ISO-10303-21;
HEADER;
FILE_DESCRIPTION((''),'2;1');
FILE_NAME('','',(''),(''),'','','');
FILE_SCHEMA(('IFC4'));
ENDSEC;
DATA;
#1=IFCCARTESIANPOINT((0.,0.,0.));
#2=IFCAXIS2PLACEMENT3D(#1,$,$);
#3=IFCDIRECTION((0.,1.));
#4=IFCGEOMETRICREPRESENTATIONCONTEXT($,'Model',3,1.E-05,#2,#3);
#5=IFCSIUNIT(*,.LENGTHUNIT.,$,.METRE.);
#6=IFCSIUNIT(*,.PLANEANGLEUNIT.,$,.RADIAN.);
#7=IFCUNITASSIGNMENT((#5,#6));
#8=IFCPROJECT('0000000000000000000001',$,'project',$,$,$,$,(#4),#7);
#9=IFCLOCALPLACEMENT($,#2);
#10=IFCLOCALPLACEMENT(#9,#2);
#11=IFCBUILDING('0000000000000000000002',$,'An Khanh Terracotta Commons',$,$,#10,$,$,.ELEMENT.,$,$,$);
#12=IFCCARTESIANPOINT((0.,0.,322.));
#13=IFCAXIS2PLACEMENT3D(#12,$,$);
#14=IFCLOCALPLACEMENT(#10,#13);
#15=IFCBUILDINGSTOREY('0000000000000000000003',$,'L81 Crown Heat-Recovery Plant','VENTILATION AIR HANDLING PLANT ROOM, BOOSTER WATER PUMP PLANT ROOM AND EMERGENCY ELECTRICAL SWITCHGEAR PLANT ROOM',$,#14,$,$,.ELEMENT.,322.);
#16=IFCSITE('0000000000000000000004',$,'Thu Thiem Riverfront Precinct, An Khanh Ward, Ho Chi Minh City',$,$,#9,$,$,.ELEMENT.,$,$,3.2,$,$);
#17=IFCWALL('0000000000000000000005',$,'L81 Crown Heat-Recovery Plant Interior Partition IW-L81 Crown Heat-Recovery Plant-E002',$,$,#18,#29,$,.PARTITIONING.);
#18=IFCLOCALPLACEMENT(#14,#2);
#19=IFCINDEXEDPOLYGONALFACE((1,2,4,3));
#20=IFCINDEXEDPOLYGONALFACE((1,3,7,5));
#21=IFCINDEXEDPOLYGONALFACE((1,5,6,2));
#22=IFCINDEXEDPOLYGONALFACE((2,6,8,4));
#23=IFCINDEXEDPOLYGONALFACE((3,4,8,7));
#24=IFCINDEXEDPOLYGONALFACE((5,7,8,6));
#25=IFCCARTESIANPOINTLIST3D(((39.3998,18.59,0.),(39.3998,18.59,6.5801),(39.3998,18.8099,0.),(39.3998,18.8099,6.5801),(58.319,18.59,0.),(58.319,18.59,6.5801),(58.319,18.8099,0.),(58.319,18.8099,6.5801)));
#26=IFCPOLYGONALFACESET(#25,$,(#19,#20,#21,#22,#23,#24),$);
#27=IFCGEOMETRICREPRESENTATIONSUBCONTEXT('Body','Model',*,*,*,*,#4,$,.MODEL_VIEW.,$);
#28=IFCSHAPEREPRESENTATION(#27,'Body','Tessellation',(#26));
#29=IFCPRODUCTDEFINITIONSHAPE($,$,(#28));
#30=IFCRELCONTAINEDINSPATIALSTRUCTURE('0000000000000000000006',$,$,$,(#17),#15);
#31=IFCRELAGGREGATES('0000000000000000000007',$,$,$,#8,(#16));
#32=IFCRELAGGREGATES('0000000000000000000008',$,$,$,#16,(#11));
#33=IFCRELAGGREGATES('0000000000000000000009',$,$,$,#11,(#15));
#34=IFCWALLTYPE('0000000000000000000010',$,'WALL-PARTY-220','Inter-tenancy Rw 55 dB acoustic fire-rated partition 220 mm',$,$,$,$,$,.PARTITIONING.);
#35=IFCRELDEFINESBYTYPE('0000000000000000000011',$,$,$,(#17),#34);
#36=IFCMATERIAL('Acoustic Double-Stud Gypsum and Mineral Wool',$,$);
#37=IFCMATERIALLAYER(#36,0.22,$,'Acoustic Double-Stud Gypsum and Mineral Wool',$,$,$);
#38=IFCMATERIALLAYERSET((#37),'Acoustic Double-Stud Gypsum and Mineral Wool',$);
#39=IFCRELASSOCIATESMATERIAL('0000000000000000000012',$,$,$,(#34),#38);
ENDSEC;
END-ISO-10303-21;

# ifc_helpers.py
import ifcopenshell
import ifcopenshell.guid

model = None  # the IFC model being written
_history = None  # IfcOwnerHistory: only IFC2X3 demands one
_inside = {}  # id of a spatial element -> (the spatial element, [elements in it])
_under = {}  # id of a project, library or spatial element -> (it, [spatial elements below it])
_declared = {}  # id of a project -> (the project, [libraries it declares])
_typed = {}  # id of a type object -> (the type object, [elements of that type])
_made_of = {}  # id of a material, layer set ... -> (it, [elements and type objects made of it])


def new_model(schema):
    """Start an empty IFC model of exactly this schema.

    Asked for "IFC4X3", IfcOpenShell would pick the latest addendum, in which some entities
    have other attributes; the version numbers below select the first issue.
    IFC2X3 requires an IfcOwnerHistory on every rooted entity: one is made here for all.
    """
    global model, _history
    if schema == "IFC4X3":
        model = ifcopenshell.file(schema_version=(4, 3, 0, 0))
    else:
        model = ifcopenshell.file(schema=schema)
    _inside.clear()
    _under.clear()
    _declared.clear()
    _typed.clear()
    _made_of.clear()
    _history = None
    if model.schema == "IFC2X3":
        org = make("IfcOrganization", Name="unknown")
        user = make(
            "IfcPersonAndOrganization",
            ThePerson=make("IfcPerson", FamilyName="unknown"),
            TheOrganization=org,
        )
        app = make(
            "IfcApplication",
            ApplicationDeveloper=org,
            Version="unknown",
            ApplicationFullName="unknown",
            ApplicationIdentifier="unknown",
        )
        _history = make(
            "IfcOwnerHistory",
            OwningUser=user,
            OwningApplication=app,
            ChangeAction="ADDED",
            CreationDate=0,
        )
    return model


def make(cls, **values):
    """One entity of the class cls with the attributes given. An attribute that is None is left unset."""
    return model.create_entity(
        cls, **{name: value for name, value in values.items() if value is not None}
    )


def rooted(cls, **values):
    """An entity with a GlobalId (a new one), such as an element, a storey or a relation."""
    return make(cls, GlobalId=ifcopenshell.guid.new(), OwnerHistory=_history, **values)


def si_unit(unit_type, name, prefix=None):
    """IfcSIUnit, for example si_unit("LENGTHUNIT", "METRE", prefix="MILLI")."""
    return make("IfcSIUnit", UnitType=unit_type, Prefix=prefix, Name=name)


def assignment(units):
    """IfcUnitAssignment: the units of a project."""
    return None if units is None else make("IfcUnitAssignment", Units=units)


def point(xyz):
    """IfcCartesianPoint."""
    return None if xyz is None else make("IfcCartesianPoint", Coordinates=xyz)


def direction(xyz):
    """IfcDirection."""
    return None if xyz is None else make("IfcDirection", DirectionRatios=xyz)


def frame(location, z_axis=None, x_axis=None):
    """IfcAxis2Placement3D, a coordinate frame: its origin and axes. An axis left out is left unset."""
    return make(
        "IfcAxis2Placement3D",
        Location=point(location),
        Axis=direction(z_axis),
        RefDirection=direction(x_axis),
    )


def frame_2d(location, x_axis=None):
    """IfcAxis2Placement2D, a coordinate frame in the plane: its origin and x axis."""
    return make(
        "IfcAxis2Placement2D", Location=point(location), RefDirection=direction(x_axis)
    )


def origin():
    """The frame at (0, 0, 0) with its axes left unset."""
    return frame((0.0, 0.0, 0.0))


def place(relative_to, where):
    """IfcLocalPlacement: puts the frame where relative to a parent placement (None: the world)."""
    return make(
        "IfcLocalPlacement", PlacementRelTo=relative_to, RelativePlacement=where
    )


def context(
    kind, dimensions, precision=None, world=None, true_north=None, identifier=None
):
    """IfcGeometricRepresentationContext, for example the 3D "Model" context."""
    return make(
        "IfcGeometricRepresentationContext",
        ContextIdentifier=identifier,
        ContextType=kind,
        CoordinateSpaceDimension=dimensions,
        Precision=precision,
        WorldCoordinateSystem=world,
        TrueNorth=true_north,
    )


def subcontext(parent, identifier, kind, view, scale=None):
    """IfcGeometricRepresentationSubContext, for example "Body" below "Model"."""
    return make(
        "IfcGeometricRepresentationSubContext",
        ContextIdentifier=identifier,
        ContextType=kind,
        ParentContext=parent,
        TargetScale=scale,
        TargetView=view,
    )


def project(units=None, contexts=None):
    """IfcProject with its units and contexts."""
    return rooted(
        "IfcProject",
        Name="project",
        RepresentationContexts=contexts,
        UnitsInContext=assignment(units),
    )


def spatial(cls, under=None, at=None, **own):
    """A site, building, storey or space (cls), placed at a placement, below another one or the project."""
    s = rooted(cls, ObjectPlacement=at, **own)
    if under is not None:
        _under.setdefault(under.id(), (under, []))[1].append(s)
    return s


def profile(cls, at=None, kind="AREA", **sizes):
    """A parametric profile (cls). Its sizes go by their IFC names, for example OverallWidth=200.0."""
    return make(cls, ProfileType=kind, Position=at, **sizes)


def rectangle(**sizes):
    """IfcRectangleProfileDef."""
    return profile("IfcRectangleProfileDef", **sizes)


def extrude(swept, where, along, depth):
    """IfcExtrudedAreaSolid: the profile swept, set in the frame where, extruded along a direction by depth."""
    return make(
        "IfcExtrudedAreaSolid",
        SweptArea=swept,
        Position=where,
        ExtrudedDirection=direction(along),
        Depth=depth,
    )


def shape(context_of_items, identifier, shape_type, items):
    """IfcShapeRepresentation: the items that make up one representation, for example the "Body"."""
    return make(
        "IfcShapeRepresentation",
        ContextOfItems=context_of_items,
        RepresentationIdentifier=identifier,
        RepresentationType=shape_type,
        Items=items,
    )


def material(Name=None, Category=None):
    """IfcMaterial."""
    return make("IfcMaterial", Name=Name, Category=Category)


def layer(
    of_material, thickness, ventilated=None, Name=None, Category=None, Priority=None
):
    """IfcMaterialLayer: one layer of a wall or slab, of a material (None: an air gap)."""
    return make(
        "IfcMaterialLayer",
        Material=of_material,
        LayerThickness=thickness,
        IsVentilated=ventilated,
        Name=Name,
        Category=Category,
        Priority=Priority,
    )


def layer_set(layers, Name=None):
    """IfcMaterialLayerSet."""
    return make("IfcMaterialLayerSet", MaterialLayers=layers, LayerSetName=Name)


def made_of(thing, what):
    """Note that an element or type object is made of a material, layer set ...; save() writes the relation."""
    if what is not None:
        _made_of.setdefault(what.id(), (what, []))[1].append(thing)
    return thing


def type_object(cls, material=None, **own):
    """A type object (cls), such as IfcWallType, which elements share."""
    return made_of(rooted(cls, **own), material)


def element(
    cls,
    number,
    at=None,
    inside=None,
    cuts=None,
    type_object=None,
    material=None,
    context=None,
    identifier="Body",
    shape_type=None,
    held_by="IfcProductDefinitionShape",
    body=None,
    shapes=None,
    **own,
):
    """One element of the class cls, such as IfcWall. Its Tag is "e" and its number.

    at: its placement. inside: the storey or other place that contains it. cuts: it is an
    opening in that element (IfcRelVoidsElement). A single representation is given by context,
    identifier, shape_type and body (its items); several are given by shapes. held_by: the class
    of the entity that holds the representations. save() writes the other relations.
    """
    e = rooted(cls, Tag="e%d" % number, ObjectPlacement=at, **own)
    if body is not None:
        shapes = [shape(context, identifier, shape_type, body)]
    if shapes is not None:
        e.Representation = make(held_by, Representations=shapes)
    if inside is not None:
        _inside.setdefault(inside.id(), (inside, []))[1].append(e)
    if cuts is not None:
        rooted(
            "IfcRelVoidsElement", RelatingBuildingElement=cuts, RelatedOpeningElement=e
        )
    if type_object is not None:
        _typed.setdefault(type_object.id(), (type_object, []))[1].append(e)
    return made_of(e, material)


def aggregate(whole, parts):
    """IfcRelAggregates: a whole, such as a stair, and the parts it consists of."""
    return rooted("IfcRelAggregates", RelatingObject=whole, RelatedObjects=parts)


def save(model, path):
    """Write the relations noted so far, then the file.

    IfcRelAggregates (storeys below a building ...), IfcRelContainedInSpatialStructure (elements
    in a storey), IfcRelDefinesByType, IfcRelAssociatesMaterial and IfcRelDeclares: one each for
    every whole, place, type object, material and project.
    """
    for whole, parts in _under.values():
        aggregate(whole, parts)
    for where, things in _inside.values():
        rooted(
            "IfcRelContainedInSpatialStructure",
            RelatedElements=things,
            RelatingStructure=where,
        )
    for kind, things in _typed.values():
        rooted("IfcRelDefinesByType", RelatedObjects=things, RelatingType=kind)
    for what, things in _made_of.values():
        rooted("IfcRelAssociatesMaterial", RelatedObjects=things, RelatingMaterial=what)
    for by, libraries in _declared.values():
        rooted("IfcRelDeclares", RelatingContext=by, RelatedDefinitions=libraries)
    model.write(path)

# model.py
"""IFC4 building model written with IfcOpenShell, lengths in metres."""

from ifc_helpers import new_model, si_unit, direction, frame, frame_2d, origin, place, context, subcontext, project, spatial, rectangle, extrude, material, layer, layer_set, type_object, element, save


model = new_model("IFC4")

# Units and contexts
model_context = context("Model", 3, precision=1e-05, world=origin(), true_north=direction((0.0, 1.0)))
body_context = subcontext(model_context, "Body", "Model", "MODEL_VIEW")
ifc_project = project(units=[si_unit("LENGTHUNIT", "METRE"), si_unit("PLANEANGLEUNIT", "RADIAN")], contexts=[model_context])

# Site, building, storey
site_placement = place(None, origin())
site = spatial("IfcSite", under=ifc_project, at=site_placement, Name="Thu Thiem Riverfront Precinct, An Khanh Ward, Ho Chi Minh City", CompositionType="ELEMENT", RefElevation=3.2)
building_placement = place(site_placement, origin())
building = spatial("IfcBuilding", under=site, at=building_placement, Name="An Khanh Terracotta Commons", CompositionType="ELEMENT")
storey_placement = place(building_placement, frame((0.0, 0.0, 322.0)))
storey = spatial("IfcBuildingStorey", under=building, at=storey_placement, Name="L81 Crown Heat-Recovery Plant", Description="VENTILATION AIR HANDLING PLANT ROOM, BOOSTER WATER PUMP PLANT ROOM AND EMERGENCY ELECTRICAL SWITCHGEAR PLANT ROOM", CompositionType="ELEMENT", Elevation=322.0)

# Wall
ifc_material_1 = material(Name="Acoustic Double-Stud Gypsum and Mineral Wool")
ifc_layer_1 = layer(ifc_material_1, 0.22, Name="Acoustic Double-Stud Gypsum and Mineral Wool")
ifc_layer_set_1 = layer_set([ifc_layer_1], Name="Acoustic Double-Stud Gypsum and Mineral Wool")
wall_type_1 = type_object("IfcWallType", Name="WALL-PARTY-220", Description="Inter-tenancy Rw 55 dB acoustic fire-rated partition 220 mm", PredefinedType="PARTITIONING", material=ifc_layer_set_1)
wall_1_placement = place(storey_placement, frame((39.3999, 18.7, 0.0), z_axis=(0.0, 0.0, 1.0), x_axis=(1.0, 0.0, 0.0)))
element("IfcWall", 1, at=wall_1_placement, inside=storey, type_object=wall_type_1, Name="L81 Crown Heat-Recovery Plant Interior Partition IW-L81 Crown Heat-Recovery Plant-E002", PredefinedType="PARTITIONING", context=body_context, shape_type="SweptSolid", body=[
    extrude(rectangle(XDim=18.9192, YDim=0.22, at=frame_2d((9.4595, 0.0))), origin(), (0.0, 0.0, 1.0), 6.5801),
])

save(model, "model.ifc")
